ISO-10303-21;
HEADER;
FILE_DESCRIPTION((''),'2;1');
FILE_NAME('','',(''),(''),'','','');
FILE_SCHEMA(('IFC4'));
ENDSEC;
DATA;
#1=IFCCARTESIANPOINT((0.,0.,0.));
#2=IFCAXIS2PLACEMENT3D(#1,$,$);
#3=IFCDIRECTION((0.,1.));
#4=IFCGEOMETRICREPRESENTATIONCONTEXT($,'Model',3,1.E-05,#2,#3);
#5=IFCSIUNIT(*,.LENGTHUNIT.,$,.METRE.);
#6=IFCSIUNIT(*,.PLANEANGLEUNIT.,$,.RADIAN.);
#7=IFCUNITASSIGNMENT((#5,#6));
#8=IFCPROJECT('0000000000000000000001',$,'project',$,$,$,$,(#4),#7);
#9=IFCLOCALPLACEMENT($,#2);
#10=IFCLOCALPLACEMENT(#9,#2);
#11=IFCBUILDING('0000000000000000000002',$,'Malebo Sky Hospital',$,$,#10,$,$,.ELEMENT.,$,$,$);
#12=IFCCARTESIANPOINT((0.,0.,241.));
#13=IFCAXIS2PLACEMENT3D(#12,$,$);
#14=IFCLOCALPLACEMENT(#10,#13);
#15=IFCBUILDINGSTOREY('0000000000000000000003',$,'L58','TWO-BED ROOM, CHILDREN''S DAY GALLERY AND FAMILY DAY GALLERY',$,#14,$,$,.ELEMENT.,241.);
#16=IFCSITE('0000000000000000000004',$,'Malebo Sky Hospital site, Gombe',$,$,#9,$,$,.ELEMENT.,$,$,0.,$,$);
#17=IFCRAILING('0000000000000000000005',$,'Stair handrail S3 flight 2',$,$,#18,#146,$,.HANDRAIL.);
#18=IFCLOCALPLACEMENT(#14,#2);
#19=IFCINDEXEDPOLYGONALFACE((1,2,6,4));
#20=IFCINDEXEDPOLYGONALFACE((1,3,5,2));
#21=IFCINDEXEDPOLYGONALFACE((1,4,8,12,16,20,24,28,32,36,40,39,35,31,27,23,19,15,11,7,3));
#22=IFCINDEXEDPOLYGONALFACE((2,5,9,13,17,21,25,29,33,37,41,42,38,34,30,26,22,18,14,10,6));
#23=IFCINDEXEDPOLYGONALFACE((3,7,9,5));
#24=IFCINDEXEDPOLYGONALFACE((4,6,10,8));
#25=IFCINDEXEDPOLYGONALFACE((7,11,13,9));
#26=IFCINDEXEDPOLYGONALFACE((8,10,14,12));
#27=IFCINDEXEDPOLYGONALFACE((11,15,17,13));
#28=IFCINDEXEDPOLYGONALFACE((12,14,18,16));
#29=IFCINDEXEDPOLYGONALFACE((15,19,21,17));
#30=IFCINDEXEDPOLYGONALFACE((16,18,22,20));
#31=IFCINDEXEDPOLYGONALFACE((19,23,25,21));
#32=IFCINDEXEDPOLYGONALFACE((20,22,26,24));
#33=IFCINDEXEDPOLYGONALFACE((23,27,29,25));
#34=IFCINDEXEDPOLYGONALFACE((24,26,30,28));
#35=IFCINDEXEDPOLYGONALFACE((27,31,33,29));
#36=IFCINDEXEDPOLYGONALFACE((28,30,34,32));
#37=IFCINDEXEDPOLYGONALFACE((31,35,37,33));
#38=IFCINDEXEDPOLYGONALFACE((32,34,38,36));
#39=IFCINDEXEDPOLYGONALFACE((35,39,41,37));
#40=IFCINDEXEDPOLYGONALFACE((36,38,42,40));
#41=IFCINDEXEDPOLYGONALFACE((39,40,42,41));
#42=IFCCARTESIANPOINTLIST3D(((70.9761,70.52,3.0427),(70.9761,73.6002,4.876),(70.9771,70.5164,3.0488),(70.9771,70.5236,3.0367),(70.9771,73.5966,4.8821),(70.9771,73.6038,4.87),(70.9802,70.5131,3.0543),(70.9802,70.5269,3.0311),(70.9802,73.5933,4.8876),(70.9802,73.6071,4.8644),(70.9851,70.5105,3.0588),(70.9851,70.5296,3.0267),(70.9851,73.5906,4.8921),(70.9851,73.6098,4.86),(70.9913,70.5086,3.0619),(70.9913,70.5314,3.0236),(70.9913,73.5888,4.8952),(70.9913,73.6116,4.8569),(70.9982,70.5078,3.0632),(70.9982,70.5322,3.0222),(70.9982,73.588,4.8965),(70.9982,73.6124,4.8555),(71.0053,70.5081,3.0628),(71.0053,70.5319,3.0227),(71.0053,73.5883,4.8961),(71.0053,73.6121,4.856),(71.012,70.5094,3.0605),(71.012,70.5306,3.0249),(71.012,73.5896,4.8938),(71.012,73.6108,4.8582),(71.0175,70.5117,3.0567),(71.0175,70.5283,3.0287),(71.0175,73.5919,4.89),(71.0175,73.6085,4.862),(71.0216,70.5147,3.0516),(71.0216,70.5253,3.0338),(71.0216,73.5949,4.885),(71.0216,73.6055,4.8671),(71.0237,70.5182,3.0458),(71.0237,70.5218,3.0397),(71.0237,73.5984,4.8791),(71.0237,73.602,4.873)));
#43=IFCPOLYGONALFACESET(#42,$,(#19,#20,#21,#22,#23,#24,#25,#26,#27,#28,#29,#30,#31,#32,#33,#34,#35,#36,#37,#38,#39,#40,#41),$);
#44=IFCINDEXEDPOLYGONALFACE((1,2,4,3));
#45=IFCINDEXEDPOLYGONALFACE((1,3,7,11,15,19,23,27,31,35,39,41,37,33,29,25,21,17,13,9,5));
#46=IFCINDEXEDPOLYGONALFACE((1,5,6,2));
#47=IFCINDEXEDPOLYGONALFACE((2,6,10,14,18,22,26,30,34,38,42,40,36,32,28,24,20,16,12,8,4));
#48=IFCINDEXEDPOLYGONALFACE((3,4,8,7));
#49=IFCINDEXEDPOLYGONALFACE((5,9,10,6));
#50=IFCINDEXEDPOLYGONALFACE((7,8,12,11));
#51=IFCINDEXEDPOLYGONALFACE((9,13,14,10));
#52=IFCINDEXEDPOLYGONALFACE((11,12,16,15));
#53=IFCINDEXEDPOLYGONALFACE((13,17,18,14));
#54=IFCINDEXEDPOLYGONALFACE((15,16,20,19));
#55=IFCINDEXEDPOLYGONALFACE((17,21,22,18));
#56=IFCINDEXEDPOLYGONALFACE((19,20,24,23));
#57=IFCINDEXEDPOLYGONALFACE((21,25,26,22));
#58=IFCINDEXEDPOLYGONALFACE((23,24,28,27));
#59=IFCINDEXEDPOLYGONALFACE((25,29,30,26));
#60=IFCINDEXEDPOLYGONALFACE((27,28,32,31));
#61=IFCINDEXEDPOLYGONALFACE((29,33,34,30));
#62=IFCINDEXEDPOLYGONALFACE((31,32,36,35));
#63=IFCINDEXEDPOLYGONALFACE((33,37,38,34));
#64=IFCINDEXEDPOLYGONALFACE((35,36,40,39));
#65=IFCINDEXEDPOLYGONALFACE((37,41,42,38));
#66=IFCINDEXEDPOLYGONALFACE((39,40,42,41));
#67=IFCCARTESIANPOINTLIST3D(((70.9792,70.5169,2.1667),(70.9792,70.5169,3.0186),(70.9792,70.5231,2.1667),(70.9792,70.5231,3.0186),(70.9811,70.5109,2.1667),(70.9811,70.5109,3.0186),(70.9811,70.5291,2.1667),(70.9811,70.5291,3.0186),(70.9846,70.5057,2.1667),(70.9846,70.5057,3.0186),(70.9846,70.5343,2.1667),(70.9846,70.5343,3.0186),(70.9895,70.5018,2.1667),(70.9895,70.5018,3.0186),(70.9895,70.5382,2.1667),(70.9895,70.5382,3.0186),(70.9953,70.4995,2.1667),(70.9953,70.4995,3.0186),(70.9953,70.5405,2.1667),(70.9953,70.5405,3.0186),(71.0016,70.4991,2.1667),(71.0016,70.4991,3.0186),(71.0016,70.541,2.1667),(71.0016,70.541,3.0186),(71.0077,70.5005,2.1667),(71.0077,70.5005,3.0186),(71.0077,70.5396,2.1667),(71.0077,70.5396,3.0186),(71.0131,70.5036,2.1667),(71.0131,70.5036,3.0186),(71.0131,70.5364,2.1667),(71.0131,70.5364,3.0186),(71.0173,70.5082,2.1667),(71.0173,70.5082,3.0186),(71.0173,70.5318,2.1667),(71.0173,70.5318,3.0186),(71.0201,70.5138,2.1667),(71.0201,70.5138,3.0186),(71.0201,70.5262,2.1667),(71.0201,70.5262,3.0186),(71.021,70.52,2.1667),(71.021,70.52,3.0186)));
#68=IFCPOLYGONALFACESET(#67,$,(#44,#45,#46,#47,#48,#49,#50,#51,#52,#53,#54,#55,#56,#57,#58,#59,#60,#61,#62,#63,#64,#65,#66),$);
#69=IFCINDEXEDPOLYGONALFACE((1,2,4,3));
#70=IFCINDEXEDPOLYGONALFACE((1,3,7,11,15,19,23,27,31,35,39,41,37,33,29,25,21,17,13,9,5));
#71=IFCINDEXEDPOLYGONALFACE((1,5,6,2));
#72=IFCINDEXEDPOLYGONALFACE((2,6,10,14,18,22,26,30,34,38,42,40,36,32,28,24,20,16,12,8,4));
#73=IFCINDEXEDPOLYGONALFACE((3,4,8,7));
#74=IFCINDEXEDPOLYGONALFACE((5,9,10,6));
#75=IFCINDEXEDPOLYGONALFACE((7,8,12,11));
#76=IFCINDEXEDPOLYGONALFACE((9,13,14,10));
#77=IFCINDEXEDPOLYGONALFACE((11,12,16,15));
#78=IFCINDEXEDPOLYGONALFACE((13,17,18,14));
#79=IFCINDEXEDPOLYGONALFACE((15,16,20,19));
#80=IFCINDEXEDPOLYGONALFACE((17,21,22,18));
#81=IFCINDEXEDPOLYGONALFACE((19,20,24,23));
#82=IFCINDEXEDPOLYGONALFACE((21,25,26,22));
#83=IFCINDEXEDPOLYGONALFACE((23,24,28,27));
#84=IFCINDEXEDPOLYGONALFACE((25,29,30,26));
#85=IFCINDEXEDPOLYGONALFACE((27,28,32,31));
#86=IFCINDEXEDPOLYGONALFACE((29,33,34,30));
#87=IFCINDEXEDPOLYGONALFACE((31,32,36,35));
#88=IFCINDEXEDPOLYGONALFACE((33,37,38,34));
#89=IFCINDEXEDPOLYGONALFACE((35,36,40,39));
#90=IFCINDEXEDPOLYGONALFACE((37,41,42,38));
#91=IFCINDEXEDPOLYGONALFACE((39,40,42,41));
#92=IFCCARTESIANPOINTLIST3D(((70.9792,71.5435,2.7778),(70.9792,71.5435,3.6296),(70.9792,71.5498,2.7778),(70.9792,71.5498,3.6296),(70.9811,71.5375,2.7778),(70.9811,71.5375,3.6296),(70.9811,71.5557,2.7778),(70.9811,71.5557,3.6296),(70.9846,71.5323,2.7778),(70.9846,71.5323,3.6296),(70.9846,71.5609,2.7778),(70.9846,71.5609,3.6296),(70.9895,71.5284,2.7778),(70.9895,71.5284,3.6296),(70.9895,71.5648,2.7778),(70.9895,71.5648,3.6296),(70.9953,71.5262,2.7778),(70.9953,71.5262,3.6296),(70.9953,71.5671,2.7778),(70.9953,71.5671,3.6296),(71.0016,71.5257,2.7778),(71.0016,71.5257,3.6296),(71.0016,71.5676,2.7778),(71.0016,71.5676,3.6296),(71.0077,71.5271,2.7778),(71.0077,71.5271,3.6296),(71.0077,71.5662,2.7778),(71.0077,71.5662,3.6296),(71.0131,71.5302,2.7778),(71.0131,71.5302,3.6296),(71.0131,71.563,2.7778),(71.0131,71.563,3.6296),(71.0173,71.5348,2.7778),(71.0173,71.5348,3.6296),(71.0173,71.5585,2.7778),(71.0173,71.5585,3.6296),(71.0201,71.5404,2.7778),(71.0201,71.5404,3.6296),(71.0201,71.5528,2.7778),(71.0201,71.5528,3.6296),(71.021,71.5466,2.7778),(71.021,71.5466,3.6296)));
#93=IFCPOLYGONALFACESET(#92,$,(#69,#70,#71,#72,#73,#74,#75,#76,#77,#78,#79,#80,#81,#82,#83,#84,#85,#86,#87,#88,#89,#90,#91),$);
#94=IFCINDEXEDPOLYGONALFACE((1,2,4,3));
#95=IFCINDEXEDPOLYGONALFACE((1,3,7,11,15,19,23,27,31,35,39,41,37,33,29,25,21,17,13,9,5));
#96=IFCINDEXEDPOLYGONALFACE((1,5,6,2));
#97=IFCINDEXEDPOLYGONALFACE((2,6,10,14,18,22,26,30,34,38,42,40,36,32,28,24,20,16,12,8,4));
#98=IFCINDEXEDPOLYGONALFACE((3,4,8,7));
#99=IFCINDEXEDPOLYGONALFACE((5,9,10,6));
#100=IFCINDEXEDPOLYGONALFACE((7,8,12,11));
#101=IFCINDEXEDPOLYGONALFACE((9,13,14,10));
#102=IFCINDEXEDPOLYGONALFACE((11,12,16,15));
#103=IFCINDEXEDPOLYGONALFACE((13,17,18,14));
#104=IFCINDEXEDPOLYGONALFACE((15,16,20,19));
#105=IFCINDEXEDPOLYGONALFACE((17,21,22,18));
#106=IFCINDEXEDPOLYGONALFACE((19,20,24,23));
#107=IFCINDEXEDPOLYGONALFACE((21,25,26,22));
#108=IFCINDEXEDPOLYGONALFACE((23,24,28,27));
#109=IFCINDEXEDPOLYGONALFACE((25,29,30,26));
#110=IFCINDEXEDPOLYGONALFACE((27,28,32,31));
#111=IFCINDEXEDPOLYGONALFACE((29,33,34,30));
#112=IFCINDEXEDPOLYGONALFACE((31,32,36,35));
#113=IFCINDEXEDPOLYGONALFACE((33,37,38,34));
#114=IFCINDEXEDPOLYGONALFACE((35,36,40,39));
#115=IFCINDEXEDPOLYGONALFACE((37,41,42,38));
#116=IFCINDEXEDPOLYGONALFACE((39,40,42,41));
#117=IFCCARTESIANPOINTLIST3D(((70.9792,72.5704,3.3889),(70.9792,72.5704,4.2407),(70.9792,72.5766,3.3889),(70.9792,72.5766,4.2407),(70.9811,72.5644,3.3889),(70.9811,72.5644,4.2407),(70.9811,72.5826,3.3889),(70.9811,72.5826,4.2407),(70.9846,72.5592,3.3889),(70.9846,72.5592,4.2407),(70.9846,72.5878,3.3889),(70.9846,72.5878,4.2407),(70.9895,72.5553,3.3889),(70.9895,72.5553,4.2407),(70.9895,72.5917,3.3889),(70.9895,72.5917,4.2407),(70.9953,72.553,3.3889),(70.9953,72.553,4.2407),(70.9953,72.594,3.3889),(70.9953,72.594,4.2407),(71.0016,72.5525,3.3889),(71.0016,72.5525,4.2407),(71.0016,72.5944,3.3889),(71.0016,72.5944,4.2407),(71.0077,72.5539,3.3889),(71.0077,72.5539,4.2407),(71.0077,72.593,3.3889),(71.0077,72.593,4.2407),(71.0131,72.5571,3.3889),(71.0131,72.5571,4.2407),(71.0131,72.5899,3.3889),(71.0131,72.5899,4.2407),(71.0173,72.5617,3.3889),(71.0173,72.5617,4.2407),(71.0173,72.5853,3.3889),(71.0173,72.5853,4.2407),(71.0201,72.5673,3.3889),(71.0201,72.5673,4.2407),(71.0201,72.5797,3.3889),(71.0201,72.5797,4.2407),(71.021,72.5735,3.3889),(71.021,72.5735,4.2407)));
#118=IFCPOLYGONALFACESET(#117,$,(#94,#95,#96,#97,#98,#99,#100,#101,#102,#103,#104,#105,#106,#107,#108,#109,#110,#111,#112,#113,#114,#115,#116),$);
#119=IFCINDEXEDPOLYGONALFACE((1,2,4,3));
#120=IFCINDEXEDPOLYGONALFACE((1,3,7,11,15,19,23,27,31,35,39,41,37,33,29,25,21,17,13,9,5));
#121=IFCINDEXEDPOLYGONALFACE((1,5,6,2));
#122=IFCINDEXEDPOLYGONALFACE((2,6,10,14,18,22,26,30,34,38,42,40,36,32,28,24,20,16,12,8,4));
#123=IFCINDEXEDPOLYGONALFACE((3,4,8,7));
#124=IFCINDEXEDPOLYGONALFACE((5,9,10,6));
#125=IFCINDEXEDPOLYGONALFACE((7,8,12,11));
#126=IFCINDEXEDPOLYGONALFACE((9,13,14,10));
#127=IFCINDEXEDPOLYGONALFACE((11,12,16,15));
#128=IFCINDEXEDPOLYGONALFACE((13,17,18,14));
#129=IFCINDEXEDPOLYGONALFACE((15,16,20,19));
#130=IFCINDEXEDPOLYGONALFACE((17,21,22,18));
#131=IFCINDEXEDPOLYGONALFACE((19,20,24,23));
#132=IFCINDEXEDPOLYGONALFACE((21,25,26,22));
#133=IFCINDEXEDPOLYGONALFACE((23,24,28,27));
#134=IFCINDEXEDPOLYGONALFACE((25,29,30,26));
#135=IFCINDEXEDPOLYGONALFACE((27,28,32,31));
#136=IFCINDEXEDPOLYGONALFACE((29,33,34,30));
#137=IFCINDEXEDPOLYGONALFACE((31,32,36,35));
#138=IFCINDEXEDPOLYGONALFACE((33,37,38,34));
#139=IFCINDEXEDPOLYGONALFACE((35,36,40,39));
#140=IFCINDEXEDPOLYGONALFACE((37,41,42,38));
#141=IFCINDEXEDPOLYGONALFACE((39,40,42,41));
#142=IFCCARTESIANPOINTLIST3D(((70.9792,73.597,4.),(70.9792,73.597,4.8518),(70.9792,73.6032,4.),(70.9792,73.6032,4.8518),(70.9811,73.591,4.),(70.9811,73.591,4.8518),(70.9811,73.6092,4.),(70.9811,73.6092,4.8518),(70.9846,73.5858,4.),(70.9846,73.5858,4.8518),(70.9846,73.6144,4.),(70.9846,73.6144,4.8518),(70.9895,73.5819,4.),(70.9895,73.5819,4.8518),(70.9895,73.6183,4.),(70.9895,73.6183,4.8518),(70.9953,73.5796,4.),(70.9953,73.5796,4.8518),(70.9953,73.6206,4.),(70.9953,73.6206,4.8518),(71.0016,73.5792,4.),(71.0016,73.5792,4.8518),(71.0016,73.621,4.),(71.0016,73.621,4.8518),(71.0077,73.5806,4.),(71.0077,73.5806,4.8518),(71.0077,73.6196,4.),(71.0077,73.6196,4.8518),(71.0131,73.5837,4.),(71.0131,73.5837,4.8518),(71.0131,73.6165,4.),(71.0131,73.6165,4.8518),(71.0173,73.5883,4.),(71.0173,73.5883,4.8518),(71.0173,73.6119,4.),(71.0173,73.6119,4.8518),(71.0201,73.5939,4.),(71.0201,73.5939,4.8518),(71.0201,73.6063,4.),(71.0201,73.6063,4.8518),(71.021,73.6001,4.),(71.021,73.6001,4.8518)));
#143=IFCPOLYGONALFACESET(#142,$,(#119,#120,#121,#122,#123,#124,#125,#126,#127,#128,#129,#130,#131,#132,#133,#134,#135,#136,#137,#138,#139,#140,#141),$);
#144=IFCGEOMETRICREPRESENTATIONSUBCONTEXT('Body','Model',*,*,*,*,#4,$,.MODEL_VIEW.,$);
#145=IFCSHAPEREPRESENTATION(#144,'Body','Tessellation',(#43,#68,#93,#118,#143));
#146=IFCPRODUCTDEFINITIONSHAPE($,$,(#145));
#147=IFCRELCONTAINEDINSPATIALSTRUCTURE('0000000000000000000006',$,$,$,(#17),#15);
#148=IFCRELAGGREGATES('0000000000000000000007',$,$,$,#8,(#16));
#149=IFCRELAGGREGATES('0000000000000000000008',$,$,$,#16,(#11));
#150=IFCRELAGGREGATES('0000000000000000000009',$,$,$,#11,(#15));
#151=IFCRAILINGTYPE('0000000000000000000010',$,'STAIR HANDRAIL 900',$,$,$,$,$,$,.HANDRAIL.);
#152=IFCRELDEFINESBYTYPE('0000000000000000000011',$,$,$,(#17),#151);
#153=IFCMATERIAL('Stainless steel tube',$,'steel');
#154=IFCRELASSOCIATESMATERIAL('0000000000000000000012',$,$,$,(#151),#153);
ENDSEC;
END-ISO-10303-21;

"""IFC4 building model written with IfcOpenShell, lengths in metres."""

from ifc_helpers import new_model, si_unit, direction, frame, origin, origin_2d, place, context, subcontext, project, spatial, circle, extrude, material, type_object, element, save


model = new_model("IFC4")

# Units and contexts
model_context = context("Model", 3, precision=1e-05, world=origin(), true_north=direction((0.0, 1.0)))
body_context = subcontext(model_context, "Body", "Model", "MODEL_VIEW")
ifc_project = project(units=[si_unit("LENGTHUNIT", "METRE"), si_unit("PLANEANGLEUNIT", "RADIAN")], contexts=[model_context])

# Site, building, storey
site_placement = place(None, origin())
site = spatial("IfcSite", under=ifc_project, at=site_placement, Name="Malebo Sky Hospital site, Gombe", CompositionType="ELEMENT", RefElevation=0.0)
building_placement = place(site_placement, origin())
building = spatial("IfcBuilding", under=site, at=building_placement, Name="Malebo Sky Hospital", CompositionType="ELEMENT")
storey_placement = place(building_placement, frame((0.0, 0.0, 241.0)))
storey = spatial("IfcBuildingStorey", under=building, at=storey_placement, Name="L58", Description="TWO-BED ROOM, CHILDREN'S DAY GALLERY AND FAMILY DAY GALLERY", CompositionType="ELEMENT", Elevation=241.0)

# Railing
ifc_material_1 = material(Name="Stainless steel tube", Category="steel")
railing_type_1 = type_object("IfcRailingType", Name="STAIR HANDRAIL 900", PredefinedType="HANDRAIL", material=ifc_material_1)
railing_1_placement = place(storey_placement, frame((71.0, 70.52, 2.1667)))
element("IfcRailing", 1, at=railing_1_placement, inside=storey, type_object=railing_type_1, Name="Stair handrail S3 flight 2", PredefinedType="HANDRAIL", context=body_context, shape_type="SweptSolid", body=[
    extrude(circle(Radius=0.0239, at=origin_2d()), frame((0.0, 0.0, 0.876), z_axis=(0.0, 0.859309, 0.511458), x_axis=(-1.0, 0.0, 0.0)), (0.0, 0.0, 1.0), 3.5845),
    extrude(circle(Radius=0.021, at=origin_2d()), origin(), (0.0, 0.0, 1.0), 0.8518),
    extrude(circle(Radius=0.021, at=origin_2d()), frame((0.0, 1.0266, 0.6111)), (0.0, 0.0, 1.0), 0.8518),
    extrude(circle(Radius=0.021, at=origin_2d()), frame((0.0, 2.0535, 1.2222)), (0.0, 0.0, 1.0), 0.8518),
    extrude(circle(Radius=0.021, at=origin_2d()), frame((0.0, 3.0801, 1.8333)), (0.0, 0.0, 1.0), 0.8518),
])

save(model, "model.ifc")
